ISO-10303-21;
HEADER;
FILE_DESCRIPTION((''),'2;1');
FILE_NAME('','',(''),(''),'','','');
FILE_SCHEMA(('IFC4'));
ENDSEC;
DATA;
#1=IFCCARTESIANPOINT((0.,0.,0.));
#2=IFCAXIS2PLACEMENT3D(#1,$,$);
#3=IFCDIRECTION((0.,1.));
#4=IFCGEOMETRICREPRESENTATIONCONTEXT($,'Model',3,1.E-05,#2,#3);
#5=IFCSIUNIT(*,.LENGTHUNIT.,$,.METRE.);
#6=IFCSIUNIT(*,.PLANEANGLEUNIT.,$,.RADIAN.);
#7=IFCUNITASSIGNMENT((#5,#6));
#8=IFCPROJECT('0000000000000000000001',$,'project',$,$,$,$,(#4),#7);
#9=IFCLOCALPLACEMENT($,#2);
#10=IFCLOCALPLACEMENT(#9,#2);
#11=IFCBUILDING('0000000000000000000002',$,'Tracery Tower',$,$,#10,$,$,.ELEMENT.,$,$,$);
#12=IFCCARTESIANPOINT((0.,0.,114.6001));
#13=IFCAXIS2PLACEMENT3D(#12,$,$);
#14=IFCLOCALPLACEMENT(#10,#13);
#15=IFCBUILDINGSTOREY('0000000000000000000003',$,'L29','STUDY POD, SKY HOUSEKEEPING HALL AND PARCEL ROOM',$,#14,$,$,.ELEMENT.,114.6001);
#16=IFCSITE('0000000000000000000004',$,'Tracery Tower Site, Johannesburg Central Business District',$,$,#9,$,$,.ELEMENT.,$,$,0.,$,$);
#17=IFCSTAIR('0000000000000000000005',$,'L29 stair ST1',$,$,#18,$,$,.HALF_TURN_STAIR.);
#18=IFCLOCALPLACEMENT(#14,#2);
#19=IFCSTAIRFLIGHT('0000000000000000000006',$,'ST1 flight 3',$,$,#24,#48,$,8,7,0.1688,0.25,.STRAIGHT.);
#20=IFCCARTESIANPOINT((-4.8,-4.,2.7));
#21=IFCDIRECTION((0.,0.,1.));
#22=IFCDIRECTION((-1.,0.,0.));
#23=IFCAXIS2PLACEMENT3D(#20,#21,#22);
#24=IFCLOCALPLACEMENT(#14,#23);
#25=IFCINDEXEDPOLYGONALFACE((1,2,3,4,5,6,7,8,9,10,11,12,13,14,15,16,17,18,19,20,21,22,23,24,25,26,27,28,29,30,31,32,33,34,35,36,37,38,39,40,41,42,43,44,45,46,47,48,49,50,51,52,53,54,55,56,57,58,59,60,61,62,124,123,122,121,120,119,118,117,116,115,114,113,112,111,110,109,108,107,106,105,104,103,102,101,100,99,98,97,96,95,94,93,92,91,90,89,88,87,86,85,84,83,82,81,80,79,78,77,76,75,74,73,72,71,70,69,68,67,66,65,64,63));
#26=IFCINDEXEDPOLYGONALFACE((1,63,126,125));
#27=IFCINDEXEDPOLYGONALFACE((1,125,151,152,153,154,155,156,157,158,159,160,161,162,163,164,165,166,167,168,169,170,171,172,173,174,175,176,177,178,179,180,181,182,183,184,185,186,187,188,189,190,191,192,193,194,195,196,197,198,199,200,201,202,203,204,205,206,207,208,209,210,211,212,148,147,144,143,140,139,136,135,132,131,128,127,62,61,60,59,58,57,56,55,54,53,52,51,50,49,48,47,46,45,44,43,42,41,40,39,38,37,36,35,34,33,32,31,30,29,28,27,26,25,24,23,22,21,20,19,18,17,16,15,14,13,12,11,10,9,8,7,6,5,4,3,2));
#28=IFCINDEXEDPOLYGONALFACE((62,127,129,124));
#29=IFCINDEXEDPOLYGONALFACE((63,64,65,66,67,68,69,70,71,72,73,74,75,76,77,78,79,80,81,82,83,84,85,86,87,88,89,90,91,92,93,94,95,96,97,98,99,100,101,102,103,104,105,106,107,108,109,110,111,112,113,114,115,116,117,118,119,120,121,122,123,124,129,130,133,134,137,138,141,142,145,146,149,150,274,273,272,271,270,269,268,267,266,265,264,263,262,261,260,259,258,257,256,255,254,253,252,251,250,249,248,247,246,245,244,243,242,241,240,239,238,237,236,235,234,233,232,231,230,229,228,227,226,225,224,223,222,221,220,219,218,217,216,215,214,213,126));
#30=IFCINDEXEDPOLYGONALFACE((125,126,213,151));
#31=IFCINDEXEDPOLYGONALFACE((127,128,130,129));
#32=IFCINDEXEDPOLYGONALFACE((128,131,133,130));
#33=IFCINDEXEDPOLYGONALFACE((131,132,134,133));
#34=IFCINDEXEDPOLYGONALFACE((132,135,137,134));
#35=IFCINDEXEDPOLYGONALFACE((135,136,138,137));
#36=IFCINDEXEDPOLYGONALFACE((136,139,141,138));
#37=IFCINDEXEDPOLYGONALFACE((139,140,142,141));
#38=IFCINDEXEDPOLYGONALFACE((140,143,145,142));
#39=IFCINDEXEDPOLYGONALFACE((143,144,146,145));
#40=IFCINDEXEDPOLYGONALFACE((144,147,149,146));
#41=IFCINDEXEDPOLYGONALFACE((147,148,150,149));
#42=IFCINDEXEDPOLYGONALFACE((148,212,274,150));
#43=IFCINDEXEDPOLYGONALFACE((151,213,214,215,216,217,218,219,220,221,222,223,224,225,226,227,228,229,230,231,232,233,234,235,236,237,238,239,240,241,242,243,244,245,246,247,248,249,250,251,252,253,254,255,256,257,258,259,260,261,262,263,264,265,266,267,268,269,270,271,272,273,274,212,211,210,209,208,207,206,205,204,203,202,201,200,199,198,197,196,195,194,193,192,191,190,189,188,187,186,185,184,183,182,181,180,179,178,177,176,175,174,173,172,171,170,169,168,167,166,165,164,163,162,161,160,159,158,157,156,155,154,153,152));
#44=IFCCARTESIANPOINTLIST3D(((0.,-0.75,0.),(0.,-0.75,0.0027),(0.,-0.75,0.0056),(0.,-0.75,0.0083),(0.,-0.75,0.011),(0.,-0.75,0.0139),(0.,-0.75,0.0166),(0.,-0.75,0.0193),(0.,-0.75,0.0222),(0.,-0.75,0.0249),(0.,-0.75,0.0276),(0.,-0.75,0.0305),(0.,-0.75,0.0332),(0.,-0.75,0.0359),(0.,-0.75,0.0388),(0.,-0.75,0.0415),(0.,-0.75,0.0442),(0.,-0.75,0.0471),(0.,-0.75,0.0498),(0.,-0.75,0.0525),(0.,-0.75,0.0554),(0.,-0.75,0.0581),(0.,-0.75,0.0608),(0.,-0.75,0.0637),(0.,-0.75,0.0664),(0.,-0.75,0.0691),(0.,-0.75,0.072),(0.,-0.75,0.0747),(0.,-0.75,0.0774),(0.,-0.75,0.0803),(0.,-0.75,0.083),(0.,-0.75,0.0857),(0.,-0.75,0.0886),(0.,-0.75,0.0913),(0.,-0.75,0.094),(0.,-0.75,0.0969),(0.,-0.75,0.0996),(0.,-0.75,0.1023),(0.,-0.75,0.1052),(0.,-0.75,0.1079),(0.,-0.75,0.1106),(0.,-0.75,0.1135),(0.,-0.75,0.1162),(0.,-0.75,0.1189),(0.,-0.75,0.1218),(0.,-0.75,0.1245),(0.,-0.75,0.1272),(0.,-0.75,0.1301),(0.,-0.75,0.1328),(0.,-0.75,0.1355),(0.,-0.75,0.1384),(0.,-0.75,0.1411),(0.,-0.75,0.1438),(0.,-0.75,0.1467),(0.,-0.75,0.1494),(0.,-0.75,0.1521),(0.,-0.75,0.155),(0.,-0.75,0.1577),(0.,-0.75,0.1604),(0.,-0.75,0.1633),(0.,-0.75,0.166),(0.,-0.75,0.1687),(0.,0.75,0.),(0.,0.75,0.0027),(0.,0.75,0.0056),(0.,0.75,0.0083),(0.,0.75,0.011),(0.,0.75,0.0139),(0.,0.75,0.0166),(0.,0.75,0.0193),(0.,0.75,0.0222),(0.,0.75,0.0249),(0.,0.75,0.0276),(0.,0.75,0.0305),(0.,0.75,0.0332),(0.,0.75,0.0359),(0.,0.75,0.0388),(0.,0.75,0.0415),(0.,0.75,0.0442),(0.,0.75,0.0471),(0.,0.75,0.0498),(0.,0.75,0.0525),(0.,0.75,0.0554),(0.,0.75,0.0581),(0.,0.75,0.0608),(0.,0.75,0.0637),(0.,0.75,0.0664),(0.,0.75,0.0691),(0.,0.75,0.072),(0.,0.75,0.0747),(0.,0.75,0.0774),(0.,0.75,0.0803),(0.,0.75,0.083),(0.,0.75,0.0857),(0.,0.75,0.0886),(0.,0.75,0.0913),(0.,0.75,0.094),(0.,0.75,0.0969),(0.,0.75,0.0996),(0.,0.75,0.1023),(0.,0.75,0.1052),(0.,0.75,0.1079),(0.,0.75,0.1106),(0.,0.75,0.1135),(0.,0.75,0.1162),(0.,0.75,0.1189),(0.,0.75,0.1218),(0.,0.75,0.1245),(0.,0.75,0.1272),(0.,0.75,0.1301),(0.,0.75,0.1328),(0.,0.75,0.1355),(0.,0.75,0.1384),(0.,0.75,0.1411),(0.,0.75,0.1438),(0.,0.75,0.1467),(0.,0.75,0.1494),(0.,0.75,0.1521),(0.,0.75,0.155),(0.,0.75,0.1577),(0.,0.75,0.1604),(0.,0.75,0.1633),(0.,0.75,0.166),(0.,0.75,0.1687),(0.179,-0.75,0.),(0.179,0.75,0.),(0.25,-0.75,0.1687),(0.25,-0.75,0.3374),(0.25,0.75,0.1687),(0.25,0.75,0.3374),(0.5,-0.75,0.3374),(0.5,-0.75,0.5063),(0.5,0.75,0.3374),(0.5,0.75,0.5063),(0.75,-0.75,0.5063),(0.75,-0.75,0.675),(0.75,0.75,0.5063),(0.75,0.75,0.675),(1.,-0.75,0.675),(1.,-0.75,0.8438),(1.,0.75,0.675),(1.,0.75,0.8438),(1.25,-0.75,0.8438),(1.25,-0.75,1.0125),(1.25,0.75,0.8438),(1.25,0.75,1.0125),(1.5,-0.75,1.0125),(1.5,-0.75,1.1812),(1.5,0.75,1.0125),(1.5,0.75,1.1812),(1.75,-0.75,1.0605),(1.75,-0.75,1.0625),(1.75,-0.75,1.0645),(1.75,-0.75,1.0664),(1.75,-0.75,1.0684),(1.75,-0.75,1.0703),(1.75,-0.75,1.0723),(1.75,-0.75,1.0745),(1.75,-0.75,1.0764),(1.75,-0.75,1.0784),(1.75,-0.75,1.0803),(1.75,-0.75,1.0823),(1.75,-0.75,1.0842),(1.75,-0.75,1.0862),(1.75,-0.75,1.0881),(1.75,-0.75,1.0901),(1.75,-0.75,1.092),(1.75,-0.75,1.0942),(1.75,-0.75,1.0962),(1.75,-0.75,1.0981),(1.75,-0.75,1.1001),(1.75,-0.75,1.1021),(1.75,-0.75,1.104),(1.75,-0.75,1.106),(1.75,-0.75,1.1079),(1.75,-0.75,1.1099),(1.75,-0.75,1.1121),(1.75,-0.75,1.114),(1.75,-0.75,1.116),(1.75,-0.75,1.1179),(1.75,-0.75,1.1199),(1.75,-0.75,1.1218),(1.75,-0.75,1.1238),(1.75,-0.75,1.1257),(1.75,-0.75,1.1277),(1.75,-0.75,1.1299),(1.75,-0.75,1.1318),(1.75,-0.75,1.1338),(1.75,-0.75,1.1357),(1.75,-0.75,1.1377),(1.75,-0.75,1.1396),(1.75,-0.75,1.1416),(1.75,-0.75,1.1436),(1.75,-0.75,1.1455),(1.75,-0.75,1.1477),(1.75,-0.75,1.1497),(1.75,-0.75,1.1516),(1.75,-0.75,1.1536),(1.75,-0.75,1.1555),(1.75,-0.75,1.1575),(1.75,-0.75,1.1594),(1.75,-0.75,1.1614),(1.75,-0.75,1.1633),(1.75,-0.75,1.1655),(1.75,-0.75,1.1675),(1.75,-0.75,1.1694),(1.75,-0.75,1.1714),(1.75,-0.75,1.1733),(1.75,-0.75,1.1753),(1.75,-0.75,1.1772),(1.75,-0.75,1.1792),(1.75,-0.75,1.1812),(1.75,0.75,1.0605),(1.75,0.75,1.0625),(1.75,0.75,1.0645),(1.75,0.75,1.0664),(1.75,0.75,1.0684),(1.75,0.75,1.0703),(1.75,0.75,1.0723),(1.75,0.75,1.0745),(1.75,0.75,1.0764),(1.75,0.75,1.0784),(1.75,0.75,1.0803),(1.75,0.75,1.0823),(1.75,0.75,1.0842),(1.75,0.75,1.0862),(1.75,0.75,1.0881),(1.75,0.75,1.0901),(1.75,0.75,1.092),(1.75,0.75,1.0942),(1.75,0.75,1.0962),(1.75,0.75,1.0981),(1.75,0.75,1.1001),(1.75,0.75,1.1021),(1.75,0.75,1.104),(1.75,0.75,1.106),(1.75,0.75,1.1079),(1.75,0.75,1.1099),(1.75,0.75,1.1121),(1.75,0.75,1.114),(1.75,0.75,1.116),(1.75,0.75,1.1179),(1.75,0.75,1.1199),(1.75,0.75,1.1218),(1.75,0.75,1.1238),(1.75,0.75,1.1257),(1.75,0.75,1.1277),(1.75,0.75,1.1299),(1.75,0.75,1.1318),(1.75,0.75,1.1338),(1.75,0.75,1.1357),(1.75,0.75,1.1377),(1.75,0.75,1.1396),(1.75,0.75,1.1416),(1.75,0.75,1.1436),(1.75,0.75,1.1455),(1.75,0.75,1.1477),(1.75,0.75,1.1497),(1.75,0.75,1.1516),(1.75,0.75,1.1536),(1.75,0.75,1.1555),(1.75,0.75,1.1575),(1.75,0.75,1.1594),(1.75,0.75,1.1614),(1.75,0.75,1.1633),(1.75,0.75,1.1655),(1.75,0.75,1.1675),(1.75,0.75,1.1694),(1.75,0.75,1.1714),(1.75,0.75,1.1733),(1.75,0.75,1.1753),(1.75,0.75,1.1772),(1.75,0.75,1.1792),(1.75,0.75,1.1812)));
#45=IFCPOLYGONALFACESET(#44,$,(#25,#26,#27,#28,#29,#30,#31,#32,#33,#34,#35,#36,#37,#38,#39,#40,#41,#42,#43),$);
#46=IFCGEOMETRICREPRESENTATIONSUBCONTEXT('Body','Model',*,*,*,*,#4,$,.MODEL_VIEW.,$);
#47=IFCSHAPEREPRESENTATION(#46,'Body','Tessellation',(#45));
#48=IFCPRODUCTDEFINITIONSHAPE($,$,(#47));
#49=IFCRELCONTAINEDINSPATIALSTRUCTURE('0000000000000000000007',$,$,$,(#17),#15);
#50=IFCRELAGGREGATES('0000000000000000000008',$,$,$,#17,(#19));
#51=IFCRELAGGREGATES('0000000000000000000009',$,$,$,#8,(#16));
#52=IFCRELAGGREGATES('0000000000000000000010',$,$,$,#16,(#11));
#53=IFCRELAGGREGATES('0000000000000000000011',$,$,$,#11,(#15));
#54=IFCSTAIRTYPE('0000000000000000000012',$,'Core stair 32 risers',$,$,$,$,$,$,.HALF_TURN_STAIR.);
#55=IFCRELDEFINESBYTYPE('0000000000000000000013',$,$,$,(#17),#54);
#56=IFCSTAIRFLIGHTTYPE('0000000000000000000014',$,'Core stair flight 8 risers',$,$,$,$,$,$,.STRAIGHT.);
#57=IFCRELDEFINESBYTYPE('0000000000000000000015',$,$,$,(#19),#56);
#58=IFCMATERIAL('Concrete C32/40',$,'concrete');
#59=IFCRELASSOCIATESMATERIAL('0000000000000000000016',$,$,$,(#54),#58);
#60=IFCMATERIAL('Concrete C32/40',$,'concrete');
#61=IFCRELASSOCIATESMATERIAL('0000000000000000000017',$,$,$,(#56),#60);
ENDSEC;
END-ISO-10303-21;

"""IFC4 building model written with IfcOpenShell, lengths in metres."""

from ifc_helpers import new_model, si_unit, direction, frame, origin, place, context, subcontext, project, spatial, polyline, outline, extrude, material, type_object, element, aggregate, save


model = new_model("IFC4")

# Units and contexts
model_context = context("Model", 3, precision=1e-05, world=origin(), true_north=direction((0.0, 1.0)))
body_context = subcontext(model_context, "Body", "Model", "MODEL_VIEW")
ifc_project = project(units=[si_unit("LENGTHUNIT", "METRE"), si_unit("PLANEANGLEUNIT", "RADIAN")], contexts=[model_context])

# Site, building, storey
site_placement = place(None, origin())
site = spatial("IfcSite", under=ifc_project, at=site_placement, Name="Tracery Tower Site, Johannesburg Central Business District", CompositionType="ELEMENT", RefElevation=0.0)
building_placement = place(site_placement, origin())
building = spatial("IfcBuilding", under=site, at=building_placement, Name="Tracery Tower", CompositionType="ELEMENT")
storey_placement = place(building_placement, frame((0.0, 0.0, 114.6001)))
storey = spatial("IfcBuildingStorey", under=building, at=storey_placement, Name="L29", Description="STUDY POD, SKY HOUSEKEEPING HALL AND PARCEL ROOM", CompositionType="ELEMENT", Elevation=114.6001)

# Stair, stair flight
ifc_material_1 = material(Name="Concrete C32/40", Category="concrete")
stair_type = type_object("IfcStairType", Name="Core stair 32 risers", PredefinedType="HALF_TURN_STAIR", material=ifc_material_1)
stair_placement = place(storey_placement, origin())
stair = element("IfcStair", 1, at=stair_placement, inside=storey, type_object=stair_type, Name="L29 stair ST1", PredefinedType="HALF_TURN_STAIR")
ifc_material_2 = material(Name="Concrete C32/40", Category="concrete")
stair_flight_type = type_object("IfcStairFlightType", Name="Core stair flight 8 risers", PredefinedType="STRAIGHT", material=ifc_material_2)
stair_flight_1_placement = place(storey_placement, frame((-4.8, -4.0, 2.7), z_axis=(0.0, 0.0, 1.0), x_axis=(-1.0, 0.0, 0.0)))
stair_flight_1 = element("IfcStairFlight", 2, at=stair_flight_1_placement, type_object=stair_flight_type, Name="ST1 flight 3", NumberOfRisers=8, NumberOfTreads=7, PredefinedType="STRAIGHT", RiserHeight=0.1688, TreadLength=0.25, context=body_context, shape_type="SweptSolid", body=[
    extrude(outline(polyline([(0.0, 0.0), (0.0, 0.0027), (0.0, 0.0056), (0.0, 0.0083), (0.0, 0.011), (0.0, 0.0139), (0.0, 0.0166), (0.0, 0.0193), (0.0, 0.0222), (0.0, 0.0249), (0.0, 0.0276), (0.0, 0.0305), (0.0, 0.0332), (0.0, 0.0359), (0.0, 0.0388), (0.0, 0.0415), (0.0, 0.0442), (0.0, 0.0471), (0.0, 0.0498), (0.0, 0.0525), (0.0, 0.0554), (0.0, 0.0581), (0.0, 0.0608), (0.0, 0.0637), (0.0, 0.0664), (0.0, 0.0691), (0.0, 0.072), (0.0, 0.0747), (0.0, 0.0774), (0.0, 0.0803), (0.0, 0.083), (0.0, 0.0857), (0.0, 0.0886), (0.0, 0.0913), (0.0, 0.094), (0.0, 0.0969), (0.0, 0.0996), (0.0, 0.1023), (0.0, 0.1052), (0.0, 0.1079), (0.0, 0.1106), (0.0, 0.1135), (0.0, 0.1162), (0.0, 0.1189), (0.0, 0.1218), (0.0, 0.1245), (0.0, 0.1272), (0.0, 0.1301), (0.0, 0.1328), (0.0, 0.1355), (0.0, 0.1384), (0.0, 0.1411), (0.0, 0.1438), (0.0, 0.1467), (0.0, 0.1494), (0.0, 0.1521), (0.0, 0.155), (0.0, 0.1577), (0.0, 0.1604), (0.0, 0.1633), (0.0, 0.166), (0.0, 0.1687), (0.25, 0.1687), (0.25, 0.3374), (0.5, 0.3374), (0.5, 0.5063), (0.75, 0.5063), (0.75, 0.675), (1.0, 0.675), (1.0, 0.8438), (1.25, 0.8438), (1.25, 1.0125), (1.5, 1.0125), (1.5, 1.1812), (1.75, 1.1812), (1.75, 1.1792), (1.75, 1.1772), (1.75, 1.1753), (1.75, 1.1733), (1.75, 1.1714), (1.75, 1.1694), (1.75, 1.1675), (1.75, 1.1655), (1.75, 1.1633), (1.75, 1.1614), (1.75, 1.1594), (1.75, 1.1575), (1.75, 1.1555), (1.75, 1.1536), (1.75, 1.1516), (1.75, 1.1497), (1.75, 1.1477), (1.75, 1.1455), (1.75, 1.1436), (1.75, 1.1416), (1.75, 1.1396), (1.75, 1.1377), (1.75, 1.1357), (1.75, 1.1338), (1.75, 1.1318), (1.75, 1.1299), (1.75, 1.1277), (1.75, 1.1257), (1.75, 1.1238), (1.75, 1.1218), (1.75, 1.1199), (1.75, 1.1179), (1.75, 1.116), (1.75, 1.114), (1.75, 1.1121), (1.75, 1.1099), (1.75, 1.1079), (1.75, 1.106), (1.75, 1.104), (1.75, 1.1021), (1.75, 1.1001), (1.75, 1.0981), (1.75, 1.0962), (1.75, 1.0942), (1.75, 1.092), (1.75, 1.0901), (1.75, 1.0881), (1.75, 1.0862), (1.75, 1.0842), (1.75, 1.0823), (1.75, 1.0803), (1.75, 1.0784), (1.75, 1.0764), (1.75, 1.0745), (1.75, 1.0723), (1.75, 1.0703), (1.75, 1.0684), (1.75, 1.0664), (1.75, 1.0645), (1.75, 1.0625), (1.75, 1.0605), (0.179, 0.0), (0.0, 0.0)])), frame((0.0, 0.75, 0.0), z_axis=(0.0, -1.0, 0.0), x_axis=(1.0, 0.0, 0.0)), (0.0, 0.0, 1.0), 1.5),
])
aggregate(stair, [stair_flight_1])

save(model, "model.ifc")
